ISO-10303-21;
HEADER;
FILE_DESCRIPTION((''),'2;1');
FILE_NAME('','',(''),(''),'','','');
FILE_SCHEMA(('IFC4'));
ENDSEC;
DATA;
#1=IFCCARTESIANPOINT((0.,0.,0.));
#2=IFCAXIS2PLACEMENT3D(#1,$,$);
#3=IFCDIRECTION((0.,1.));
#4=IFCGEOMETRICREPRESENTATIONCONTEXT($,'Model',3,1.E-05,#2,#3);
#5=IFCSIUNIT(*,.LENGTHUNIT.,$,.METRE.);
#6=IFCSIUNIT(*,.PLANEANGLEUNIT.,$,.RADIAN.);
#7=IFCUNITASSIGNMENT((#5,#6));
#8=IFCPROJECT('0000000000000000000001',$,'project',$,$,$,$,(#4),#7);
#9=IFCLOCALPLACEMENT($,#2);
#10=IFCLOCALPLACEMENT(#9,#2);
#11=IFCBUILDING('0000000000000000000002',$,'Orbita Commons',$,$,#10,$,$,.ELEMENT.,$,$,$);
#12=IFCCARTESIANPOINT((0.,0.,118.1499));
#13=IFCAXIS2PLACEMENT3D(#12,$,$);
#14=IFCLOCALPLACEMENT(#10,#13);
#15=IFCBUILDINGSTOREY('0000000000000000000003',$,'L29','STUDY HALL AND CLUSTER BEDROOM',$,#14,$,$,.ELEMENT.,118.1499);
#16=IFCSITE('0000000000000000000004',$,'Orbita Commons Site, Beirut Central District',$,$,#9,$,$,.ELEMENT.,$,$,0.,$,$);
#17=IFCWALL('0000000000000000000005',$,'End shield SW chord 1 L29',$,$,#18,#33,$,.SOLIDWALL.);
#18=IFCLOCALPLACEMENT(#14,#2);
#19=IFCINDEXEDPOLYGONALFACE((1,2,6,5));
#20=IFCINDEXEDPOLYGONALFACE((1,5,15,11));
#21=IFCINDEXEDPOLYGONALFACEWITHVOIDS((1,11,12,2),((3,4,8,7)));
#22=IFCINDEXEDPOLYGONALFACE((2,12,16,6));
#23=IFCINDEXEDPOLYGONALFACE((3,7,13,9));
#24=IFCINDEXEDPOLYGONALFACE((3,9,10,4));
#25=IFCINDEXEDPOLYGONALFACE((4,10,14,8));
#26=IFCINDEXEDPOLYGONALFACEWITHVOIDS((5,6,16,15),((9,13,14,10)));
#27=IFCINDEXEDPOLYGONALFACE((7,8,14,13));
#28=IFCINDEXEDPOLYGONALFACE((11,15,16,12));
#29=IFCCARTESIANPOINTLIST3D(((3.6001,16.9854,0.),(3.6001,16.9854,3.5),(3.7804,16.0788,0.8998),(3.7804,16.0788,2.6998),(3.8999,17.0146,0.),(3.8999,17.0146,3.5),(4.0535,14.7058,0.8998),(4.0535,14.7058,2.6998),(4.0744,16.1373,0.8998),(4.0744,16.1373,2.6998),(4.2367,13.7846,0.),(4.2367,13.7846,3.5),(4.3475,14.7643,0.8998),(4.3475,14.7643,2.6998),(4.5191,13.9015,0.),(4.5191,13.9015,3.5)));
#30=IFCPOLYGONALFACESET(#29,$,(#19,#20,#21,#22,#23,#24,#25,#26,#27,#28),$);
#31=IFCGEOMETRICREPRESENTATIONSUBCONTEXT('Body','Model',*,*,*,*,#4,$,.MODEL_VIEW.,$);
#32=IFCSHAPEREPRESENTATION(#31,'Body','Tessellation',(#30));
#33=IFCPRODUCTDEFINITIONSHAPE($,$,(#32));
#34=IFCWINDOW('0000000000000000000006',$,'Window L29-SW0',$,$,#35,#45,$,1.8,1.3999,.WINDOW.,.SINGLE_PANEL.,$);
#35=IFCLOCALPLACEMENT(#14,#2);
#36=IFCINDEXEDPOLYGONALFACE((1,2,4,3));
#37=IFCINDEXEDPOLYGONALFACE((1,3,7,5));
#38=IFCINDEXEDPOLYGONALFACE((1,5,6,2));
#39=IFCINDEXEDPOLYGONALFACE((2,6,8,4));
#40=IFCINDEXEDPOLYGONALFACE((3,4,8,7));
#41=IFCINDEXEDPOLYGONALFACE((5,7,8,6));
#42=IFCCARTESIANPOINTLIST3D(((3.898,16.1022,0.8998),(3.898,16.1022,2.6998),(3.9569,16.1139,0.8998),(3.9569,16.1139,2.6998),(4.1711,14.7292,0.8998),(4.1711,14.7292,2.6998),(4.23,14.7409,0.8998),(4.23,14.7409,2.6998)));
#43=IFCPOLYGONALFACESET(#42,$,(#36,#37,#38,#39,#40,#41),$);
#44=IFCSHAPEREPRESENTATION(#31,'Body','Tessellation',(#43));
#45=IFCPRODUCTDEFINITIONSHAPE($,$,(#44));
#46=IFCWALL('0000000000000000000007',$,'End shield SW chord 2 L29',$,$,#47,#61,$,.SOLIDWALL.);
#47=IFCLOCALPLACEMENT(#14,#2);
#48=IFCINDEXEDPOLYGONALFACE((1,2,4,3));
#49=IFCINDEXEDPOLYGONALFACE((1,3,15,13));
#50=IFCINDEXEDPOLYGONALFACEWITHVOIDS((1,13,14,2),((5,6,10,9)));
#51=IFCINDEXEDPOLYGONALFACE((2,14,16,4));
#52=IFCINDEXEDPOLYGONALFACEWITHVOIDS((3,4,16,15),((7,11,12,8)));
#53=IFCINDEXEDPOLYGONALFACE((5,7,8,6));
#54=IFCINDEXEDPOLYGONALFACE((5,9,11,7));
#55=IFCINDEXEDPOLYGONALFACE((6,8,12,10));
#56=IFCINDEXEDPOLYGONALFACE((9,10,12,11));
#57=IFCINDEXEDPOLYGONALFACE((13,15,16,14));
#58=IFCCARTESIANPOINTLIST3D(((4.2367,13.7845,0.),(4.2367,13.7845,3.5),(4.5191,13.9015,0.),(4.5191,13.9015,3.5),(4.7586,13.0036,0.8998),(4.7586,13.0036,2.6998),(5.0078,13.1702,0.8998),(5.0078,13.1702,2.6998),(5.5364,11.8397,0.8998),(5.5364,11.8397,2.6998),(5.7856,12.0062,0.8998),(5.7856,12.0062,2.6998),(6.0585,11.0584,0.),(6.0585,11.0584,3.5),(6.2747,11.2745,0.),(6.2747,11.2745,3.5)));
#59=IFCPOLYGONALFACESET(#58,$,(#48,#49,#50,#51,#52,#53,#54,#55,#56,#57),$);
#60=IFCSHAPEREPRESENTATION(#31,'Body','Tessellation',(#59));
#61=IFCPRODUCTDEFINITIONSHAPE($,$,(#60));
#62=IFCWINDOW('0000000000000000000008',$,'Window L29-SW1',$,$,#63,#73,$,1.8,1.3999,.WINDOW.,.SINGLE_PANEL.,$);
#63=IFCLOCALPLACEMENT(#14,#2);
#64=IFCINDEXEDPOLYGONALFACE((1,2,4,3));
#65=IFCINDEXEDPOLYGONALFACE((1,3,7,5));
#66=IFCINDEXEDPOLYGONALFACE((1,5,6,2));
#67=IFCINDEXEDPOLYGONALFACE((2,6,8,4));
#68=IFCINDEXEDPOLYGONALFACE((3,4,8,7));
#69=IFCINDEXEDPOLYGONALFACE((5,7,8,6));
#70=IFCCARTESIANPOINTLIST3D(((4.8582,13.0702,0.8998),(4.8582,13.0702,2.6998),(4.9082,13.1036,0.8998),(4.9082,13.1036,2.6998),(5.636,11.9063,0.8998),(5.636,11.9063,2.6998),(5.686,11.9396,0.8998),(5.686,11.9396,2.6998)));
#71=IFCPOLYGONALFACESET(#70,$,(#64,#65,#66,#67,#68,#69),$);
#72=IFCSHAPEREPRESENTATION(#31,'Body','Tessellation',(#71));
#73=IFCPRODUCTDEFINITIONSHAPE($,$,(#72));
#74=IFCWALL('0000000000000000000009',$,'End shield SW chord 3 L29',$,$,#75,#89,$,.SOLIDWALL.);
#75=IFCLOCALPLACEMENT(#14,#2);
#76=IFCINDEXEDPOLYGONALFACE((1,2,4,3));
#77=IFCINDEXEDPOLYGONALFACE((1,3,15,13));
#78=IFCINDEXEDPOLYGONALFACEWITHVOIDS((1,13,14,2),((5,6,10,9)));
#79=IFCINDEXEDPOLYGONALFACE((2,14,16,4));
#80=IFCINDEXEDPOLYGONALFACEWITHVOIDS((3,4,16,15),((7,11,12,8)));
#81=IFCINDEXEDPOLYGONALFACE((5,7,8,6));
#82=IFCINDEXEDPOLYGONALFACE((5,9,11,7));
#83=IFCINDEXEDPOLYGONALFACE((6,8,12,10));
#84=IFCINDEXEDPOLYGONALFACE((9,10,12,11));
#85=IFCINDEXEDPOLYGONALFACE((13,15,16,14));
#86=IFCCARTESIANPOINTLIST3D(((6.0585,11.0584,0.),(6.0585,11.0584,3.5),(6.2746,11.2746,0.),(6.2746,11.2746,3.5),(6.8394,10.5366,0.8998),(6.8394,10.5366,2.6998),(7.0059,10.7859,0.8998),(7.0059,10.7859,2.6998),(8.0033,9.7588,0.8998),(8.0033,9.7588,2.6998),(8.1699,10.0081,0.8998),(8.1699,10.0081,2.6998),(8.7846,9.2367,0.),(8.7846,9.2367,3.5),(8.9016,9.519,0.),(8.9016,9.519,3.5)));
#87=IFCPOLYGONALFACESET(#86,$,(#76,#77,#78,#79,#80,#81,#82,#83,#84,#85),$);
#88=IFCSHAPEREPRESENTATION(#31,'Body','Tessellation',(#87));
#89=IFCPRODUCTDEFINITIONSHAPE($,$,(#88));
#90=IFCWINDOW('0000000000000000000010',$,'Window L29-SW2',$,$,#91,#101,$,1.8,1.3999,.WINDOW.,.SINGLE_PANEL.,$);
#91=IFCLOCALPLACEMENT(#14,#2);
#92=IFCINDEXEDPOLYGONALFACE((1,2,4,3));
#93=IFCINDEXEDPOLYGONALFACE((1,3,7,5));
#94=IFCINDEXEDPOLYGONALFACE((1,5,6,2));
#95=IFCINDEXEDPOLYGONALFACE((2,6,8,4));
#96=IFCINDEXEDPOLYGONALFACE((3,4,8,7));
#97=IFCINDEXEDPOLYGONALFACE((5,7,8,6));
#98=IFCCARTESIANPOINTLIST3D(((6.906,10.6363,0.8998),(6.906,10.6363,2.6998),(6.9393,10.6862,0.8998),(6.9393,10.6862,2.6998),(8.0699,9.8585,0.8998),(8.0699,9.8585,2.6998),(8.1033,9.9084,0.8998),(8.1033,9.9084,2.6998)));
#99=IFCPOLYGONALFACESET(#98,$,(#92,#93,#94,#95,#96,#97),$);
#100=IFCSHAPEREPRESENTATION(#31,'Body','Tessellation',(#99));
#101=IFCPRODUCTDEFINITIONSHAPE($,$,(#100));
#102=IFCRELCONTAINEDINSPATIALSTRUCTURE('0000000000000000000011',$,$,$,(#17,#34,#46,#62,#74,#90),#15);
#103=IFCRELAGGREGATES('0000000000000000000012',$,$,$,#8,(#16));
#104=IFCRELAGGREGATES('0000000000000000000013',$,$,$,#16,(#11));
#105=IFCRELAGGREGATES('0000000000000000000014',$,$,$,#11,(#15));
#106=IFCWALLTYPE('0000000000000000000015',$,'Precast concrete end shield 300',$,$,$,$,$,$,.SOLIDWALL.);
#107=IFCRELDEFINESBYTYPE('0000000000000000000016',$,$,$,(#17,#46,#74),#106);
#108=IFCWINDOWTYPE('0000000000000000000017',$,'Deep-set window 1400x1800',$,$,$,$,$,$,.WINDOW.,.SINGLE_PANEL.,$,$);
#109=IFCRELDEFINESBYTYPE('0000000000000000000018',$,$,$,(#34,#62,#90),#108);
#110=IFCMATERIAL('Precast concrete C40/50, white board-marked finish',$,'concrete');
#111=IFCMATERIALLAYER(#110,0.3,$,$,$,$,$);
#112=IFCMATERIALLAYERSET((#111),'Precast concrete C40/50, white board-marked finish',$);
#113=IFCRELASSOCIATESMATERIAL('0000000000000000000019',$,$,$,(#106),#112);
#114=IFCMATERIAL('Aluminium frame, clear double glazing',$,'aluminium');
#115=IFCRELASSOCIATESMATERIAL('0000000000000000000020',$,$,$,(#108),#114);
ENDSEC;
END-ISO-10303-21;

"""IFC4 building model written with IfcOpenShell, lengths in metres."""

from ifc_helpers import new_model, si_unit, direction, frame, frame_2d, origin, place, context, subcontext, project, spatial, polyline, rectangle, outline, extrude, material, layer, layer_set, type_object, element, fill, save


model = new_model("IFC4")

# Units and contexts
model_context = context("Model", 3, precision=1e-05, world=origin(), true_north=direction((0.0, 1.0)))
body_context = subcontext(model_context, "Body", "Model", "MODEL_VIEW")
ifc_project = project(units=[si_unit("LENGTHUNIT", "METRE"), si_unit("PLANEANGLEUNIT", "RADIAN")], contexts=[model_context])

# Site, building, storey
site_placement = place(None, origin())
site = spatial("IfcSite", under=ifc_project, at=site_placement, Name="Orbita Commons Site, Beirut Central District", CompositionType="ELEMENT", RefElevation=0.0)
building_placement = place(site_placement, origin())
building = spatial("IfcBuilding", under=site, at=building_placement, Name="Orbita Commons", CompositionType="ELEMENT")
storey_placement = place(building_placement, frame((0.0, 0.0, 118.1499)))
storey = spatial("IfcBuildingStorey", under=building, at=storey_placement, Name="L29", Description="STUDY HALL AND CLUSTER BEDROOM", CompositionType="ELEMENT", Elevation=118.1499)

# Walls, openings, windows
ifc_material_1 = material(Name="Precast concrete C40/50, white board-marked finish", Category="concrete")
ifc_layer_1 = layer(ifc_material_1, 0.3)
ifc_layer_set_1 = layer_set([ifc_layer_1], Name="Precast concrete C40/50, white board-marked finish")
wall_type_1 = type_object("IfcWallType", Name="Precast concrete end shield 300", PredefinedType="SOLIDWALL", material=ifc_layer_set_1)
wall_1_placement = place(storey_placement, frame((3.75, 17.0, 0.0), z_axis=(0.0, 0.0, 1.0), x_axis=(0.19508, -0.980787, 0.0)))
wall_1 = element("IfcWall", 1, at=wall_1_placement, inside=storey, type_object=wall_type_1, Name="End shield SW chord 1 L29", PredefinedType="SOLIDWALL", context=body_context, shape_type="SweptSolid", body=[
    extrude(outline(polyline([(-0.0149, -0.1499), (3.2485, -0.1499), (3.189, 0.1499), (0.0149, 0.1499), (-0.0149, -0.1499)])), origin(), (0.0, 0.0, 1.0), 3.5),
])
opening_1_placement = place(wall_1_placement, frame((0.9094, 0.0, 0.8999)))
opening_1 = element("IfcOpeningElement", 2, at=opening_1_placement, cuts=wall_1, PredefinedType="OPENING", context=body_context, shape_type="SweptSolid", body=[
    extrude(rectangle(XDim=1.3999, YDim=1.8, at=frame_2d((0.7, 0.8999))), frame((0.0, 0.1599, 0.0), z_axis=(0.0, -1.0, 0.0), x_axis=(1.0, 0.0, 0.0)), (0.0, 0.0, 1.0), 0.3201),
])
ifc_material_2 = material(Name="Aluminium frame, clear double glazing", Category="aluminium")
window_type = type_object("IfcWindowType", Name="Deep-set window 1400x1800", PartitioningType="SINGLE_PANEL", PredefinedType="WINDOW", material=ifc_material_2)
window_1_placement = place(opening_1_placement, origin())
window_1 = element("IfcWindow", 3, at=window_1_placement, inside=storey, type_object=window_type, Name="Window L29-SW0", OverallHeight=1.8, OverallWidth=1.3999, PartitioningType="SINGLE_PANEL", PredefinedType="WINDOW", context=body_context, shape_type="SweptSolid", body=[
    extrude(rectangle(XDim=1.3999, YDim=1.8, at=frame_2d((0.7, 0.8999))), frame((0.0, 0.03, 0.0), z_axis=(0.0, -1.0, 0.0), x_axis=(1.0, 0.0, 0.0)), (0.0, 0.0, 1.0), 0.0601),
])
fill(opening_1, window_1)
wall_2_placement = place(storey_placement, frame((4.3779, 13.843, 0.0), z_axis=(0.0, 0.0, 1.0), x_axis=(0.55561, -0.831443, 0.0)))
wall_2 = element("IfcWall", 4, at=wall_2_placement, inside=storey, type_object=wall_type_1, Name="End shield SW chord 2 L29", PredefinedType="SOLIDWALL", context=body_context, shape_type="SweptSolid", body=[
    extrude(outline(polyline([(-0.0298, -0.1499), (3.249, -0.1499), (3.1895, 0.1499), (0.0298, 0.1499), (-0.0298, -0.1499)])), origin(), (0.0, 0.0, 1.0), 3.5),
])
opening_2_placement = place(wall_2_placement, frame((0.9094, 0.0, 0.8999)))
opening_2 = element("IfcOpeningElement", 5, at=opening_2_placement, cuts=wall_2, PredefinedType="OPENING", context=body_context, shape_type="SweptSolid", body=[
    extrude(rectangle(XDim=1.3999, YDim=1.8, at=frame_2d((0.7, 0.8999))), frame((0.0, 0.1599, 0.0), z_axis=(0.0, -1.0, 0.0), x_axis=(1.0, 0.0, 0.0)), (0.0, 0.0, 1.0), 0.3201),
])
window_2_placement = place(opening_2_placement, origin())
window_2 = element("IfcWindow", 6, at=window_2_placement, inside=storey, type_object=window_type, Name="Window L29-SW1", OverallHeight=1.8, OverallWidth=1.3999, PartitioningType="SINGLE_PANEL", PredefinedType="WINDOW", context=body_context, shape_type="SweptSolid", body=[
    extrude(rectangle(XDim=1.3999, YDim=1.8, at=frame_2d((0.7, 0.8999))), frame((0.0, 0.03, 0.0), z_axis=(0.0, -1.0, 0.0), x_axis=(1.0, 0.0, 0.0)), (0.0, 0.0, 1.0), 0.0601),
])
fill(opening_2, window_2)
wall_3_placement = place(storey_placement, frame((6.1665, 11.1665, 0.0), z_axis=(0.0, 0.0, 1.0), x_axis=(0.831443, -0.55561, 0.0)))
wall_3 = element("IfcWall", 7, at=wall_3_placement, inside=storey, type_object=wall_type_1, Name="End shield SW chord 3 L29", PredefinedType="SOLIDWALL", context=body_context, shape_type="SweptSolid", body=[
    extrude(outline(polyline([(-0.0298, -0.1499), (3.249, -0.1499), (3.1895, 0.1499), (0.0298, 0.1499), (-0.0298, -0.1499)])), origin(), (0.0, 0.0, 1.0), 3.5),
])
opening_3_placement = place(wall_3_placement, frame((0.9094, 0.0, 0.8999)))
opening_3 = element("IfcOpeningElement", 8, at=opening_3_placement, cuts=wall_3, PredefinedType="OPENING", context=body_context, shape_type="SweptSolid", body=[
    extrude(rectangle(XDim=1.3999, YDim=1.8, at=frame_2d((0.7, 0.8999))), frame((0.0, 0.1599, 0.0), z_axis=(0.0, -1.0, 0.0), x_axis=(1.0, 0.0, 0.0)), (0.0, 0.0, 1.0), 0.3201),
])
window_3_placement = place(opening_3_placement, origin())
window_3 = element("IfcWindow", 9, at=window_3_placement, inside=storey, type_object=window_type, Name="Window L29-SW2", OverallHeight=1.8, OverallWidth=1.3999, PartitioningType="SINGLE_PANEL", PredefinedType="WINDOW", context=body_context, shape_type="SweptSolid", body=[
    extrude(rectangle(XDim=1.3999, YDim=1.8, at=frame_2d((0.7, 0.8999))), frame((0.0, 0.03, 0.0), z_axis=(0.0, -1.0, 0.0), x_axis=(1.0, 0.0, 0.0)), (0.0, 0.0, 1.0), 0.0601),
])
fill(opening_3, window_3)

save(model, "model.ifc")
